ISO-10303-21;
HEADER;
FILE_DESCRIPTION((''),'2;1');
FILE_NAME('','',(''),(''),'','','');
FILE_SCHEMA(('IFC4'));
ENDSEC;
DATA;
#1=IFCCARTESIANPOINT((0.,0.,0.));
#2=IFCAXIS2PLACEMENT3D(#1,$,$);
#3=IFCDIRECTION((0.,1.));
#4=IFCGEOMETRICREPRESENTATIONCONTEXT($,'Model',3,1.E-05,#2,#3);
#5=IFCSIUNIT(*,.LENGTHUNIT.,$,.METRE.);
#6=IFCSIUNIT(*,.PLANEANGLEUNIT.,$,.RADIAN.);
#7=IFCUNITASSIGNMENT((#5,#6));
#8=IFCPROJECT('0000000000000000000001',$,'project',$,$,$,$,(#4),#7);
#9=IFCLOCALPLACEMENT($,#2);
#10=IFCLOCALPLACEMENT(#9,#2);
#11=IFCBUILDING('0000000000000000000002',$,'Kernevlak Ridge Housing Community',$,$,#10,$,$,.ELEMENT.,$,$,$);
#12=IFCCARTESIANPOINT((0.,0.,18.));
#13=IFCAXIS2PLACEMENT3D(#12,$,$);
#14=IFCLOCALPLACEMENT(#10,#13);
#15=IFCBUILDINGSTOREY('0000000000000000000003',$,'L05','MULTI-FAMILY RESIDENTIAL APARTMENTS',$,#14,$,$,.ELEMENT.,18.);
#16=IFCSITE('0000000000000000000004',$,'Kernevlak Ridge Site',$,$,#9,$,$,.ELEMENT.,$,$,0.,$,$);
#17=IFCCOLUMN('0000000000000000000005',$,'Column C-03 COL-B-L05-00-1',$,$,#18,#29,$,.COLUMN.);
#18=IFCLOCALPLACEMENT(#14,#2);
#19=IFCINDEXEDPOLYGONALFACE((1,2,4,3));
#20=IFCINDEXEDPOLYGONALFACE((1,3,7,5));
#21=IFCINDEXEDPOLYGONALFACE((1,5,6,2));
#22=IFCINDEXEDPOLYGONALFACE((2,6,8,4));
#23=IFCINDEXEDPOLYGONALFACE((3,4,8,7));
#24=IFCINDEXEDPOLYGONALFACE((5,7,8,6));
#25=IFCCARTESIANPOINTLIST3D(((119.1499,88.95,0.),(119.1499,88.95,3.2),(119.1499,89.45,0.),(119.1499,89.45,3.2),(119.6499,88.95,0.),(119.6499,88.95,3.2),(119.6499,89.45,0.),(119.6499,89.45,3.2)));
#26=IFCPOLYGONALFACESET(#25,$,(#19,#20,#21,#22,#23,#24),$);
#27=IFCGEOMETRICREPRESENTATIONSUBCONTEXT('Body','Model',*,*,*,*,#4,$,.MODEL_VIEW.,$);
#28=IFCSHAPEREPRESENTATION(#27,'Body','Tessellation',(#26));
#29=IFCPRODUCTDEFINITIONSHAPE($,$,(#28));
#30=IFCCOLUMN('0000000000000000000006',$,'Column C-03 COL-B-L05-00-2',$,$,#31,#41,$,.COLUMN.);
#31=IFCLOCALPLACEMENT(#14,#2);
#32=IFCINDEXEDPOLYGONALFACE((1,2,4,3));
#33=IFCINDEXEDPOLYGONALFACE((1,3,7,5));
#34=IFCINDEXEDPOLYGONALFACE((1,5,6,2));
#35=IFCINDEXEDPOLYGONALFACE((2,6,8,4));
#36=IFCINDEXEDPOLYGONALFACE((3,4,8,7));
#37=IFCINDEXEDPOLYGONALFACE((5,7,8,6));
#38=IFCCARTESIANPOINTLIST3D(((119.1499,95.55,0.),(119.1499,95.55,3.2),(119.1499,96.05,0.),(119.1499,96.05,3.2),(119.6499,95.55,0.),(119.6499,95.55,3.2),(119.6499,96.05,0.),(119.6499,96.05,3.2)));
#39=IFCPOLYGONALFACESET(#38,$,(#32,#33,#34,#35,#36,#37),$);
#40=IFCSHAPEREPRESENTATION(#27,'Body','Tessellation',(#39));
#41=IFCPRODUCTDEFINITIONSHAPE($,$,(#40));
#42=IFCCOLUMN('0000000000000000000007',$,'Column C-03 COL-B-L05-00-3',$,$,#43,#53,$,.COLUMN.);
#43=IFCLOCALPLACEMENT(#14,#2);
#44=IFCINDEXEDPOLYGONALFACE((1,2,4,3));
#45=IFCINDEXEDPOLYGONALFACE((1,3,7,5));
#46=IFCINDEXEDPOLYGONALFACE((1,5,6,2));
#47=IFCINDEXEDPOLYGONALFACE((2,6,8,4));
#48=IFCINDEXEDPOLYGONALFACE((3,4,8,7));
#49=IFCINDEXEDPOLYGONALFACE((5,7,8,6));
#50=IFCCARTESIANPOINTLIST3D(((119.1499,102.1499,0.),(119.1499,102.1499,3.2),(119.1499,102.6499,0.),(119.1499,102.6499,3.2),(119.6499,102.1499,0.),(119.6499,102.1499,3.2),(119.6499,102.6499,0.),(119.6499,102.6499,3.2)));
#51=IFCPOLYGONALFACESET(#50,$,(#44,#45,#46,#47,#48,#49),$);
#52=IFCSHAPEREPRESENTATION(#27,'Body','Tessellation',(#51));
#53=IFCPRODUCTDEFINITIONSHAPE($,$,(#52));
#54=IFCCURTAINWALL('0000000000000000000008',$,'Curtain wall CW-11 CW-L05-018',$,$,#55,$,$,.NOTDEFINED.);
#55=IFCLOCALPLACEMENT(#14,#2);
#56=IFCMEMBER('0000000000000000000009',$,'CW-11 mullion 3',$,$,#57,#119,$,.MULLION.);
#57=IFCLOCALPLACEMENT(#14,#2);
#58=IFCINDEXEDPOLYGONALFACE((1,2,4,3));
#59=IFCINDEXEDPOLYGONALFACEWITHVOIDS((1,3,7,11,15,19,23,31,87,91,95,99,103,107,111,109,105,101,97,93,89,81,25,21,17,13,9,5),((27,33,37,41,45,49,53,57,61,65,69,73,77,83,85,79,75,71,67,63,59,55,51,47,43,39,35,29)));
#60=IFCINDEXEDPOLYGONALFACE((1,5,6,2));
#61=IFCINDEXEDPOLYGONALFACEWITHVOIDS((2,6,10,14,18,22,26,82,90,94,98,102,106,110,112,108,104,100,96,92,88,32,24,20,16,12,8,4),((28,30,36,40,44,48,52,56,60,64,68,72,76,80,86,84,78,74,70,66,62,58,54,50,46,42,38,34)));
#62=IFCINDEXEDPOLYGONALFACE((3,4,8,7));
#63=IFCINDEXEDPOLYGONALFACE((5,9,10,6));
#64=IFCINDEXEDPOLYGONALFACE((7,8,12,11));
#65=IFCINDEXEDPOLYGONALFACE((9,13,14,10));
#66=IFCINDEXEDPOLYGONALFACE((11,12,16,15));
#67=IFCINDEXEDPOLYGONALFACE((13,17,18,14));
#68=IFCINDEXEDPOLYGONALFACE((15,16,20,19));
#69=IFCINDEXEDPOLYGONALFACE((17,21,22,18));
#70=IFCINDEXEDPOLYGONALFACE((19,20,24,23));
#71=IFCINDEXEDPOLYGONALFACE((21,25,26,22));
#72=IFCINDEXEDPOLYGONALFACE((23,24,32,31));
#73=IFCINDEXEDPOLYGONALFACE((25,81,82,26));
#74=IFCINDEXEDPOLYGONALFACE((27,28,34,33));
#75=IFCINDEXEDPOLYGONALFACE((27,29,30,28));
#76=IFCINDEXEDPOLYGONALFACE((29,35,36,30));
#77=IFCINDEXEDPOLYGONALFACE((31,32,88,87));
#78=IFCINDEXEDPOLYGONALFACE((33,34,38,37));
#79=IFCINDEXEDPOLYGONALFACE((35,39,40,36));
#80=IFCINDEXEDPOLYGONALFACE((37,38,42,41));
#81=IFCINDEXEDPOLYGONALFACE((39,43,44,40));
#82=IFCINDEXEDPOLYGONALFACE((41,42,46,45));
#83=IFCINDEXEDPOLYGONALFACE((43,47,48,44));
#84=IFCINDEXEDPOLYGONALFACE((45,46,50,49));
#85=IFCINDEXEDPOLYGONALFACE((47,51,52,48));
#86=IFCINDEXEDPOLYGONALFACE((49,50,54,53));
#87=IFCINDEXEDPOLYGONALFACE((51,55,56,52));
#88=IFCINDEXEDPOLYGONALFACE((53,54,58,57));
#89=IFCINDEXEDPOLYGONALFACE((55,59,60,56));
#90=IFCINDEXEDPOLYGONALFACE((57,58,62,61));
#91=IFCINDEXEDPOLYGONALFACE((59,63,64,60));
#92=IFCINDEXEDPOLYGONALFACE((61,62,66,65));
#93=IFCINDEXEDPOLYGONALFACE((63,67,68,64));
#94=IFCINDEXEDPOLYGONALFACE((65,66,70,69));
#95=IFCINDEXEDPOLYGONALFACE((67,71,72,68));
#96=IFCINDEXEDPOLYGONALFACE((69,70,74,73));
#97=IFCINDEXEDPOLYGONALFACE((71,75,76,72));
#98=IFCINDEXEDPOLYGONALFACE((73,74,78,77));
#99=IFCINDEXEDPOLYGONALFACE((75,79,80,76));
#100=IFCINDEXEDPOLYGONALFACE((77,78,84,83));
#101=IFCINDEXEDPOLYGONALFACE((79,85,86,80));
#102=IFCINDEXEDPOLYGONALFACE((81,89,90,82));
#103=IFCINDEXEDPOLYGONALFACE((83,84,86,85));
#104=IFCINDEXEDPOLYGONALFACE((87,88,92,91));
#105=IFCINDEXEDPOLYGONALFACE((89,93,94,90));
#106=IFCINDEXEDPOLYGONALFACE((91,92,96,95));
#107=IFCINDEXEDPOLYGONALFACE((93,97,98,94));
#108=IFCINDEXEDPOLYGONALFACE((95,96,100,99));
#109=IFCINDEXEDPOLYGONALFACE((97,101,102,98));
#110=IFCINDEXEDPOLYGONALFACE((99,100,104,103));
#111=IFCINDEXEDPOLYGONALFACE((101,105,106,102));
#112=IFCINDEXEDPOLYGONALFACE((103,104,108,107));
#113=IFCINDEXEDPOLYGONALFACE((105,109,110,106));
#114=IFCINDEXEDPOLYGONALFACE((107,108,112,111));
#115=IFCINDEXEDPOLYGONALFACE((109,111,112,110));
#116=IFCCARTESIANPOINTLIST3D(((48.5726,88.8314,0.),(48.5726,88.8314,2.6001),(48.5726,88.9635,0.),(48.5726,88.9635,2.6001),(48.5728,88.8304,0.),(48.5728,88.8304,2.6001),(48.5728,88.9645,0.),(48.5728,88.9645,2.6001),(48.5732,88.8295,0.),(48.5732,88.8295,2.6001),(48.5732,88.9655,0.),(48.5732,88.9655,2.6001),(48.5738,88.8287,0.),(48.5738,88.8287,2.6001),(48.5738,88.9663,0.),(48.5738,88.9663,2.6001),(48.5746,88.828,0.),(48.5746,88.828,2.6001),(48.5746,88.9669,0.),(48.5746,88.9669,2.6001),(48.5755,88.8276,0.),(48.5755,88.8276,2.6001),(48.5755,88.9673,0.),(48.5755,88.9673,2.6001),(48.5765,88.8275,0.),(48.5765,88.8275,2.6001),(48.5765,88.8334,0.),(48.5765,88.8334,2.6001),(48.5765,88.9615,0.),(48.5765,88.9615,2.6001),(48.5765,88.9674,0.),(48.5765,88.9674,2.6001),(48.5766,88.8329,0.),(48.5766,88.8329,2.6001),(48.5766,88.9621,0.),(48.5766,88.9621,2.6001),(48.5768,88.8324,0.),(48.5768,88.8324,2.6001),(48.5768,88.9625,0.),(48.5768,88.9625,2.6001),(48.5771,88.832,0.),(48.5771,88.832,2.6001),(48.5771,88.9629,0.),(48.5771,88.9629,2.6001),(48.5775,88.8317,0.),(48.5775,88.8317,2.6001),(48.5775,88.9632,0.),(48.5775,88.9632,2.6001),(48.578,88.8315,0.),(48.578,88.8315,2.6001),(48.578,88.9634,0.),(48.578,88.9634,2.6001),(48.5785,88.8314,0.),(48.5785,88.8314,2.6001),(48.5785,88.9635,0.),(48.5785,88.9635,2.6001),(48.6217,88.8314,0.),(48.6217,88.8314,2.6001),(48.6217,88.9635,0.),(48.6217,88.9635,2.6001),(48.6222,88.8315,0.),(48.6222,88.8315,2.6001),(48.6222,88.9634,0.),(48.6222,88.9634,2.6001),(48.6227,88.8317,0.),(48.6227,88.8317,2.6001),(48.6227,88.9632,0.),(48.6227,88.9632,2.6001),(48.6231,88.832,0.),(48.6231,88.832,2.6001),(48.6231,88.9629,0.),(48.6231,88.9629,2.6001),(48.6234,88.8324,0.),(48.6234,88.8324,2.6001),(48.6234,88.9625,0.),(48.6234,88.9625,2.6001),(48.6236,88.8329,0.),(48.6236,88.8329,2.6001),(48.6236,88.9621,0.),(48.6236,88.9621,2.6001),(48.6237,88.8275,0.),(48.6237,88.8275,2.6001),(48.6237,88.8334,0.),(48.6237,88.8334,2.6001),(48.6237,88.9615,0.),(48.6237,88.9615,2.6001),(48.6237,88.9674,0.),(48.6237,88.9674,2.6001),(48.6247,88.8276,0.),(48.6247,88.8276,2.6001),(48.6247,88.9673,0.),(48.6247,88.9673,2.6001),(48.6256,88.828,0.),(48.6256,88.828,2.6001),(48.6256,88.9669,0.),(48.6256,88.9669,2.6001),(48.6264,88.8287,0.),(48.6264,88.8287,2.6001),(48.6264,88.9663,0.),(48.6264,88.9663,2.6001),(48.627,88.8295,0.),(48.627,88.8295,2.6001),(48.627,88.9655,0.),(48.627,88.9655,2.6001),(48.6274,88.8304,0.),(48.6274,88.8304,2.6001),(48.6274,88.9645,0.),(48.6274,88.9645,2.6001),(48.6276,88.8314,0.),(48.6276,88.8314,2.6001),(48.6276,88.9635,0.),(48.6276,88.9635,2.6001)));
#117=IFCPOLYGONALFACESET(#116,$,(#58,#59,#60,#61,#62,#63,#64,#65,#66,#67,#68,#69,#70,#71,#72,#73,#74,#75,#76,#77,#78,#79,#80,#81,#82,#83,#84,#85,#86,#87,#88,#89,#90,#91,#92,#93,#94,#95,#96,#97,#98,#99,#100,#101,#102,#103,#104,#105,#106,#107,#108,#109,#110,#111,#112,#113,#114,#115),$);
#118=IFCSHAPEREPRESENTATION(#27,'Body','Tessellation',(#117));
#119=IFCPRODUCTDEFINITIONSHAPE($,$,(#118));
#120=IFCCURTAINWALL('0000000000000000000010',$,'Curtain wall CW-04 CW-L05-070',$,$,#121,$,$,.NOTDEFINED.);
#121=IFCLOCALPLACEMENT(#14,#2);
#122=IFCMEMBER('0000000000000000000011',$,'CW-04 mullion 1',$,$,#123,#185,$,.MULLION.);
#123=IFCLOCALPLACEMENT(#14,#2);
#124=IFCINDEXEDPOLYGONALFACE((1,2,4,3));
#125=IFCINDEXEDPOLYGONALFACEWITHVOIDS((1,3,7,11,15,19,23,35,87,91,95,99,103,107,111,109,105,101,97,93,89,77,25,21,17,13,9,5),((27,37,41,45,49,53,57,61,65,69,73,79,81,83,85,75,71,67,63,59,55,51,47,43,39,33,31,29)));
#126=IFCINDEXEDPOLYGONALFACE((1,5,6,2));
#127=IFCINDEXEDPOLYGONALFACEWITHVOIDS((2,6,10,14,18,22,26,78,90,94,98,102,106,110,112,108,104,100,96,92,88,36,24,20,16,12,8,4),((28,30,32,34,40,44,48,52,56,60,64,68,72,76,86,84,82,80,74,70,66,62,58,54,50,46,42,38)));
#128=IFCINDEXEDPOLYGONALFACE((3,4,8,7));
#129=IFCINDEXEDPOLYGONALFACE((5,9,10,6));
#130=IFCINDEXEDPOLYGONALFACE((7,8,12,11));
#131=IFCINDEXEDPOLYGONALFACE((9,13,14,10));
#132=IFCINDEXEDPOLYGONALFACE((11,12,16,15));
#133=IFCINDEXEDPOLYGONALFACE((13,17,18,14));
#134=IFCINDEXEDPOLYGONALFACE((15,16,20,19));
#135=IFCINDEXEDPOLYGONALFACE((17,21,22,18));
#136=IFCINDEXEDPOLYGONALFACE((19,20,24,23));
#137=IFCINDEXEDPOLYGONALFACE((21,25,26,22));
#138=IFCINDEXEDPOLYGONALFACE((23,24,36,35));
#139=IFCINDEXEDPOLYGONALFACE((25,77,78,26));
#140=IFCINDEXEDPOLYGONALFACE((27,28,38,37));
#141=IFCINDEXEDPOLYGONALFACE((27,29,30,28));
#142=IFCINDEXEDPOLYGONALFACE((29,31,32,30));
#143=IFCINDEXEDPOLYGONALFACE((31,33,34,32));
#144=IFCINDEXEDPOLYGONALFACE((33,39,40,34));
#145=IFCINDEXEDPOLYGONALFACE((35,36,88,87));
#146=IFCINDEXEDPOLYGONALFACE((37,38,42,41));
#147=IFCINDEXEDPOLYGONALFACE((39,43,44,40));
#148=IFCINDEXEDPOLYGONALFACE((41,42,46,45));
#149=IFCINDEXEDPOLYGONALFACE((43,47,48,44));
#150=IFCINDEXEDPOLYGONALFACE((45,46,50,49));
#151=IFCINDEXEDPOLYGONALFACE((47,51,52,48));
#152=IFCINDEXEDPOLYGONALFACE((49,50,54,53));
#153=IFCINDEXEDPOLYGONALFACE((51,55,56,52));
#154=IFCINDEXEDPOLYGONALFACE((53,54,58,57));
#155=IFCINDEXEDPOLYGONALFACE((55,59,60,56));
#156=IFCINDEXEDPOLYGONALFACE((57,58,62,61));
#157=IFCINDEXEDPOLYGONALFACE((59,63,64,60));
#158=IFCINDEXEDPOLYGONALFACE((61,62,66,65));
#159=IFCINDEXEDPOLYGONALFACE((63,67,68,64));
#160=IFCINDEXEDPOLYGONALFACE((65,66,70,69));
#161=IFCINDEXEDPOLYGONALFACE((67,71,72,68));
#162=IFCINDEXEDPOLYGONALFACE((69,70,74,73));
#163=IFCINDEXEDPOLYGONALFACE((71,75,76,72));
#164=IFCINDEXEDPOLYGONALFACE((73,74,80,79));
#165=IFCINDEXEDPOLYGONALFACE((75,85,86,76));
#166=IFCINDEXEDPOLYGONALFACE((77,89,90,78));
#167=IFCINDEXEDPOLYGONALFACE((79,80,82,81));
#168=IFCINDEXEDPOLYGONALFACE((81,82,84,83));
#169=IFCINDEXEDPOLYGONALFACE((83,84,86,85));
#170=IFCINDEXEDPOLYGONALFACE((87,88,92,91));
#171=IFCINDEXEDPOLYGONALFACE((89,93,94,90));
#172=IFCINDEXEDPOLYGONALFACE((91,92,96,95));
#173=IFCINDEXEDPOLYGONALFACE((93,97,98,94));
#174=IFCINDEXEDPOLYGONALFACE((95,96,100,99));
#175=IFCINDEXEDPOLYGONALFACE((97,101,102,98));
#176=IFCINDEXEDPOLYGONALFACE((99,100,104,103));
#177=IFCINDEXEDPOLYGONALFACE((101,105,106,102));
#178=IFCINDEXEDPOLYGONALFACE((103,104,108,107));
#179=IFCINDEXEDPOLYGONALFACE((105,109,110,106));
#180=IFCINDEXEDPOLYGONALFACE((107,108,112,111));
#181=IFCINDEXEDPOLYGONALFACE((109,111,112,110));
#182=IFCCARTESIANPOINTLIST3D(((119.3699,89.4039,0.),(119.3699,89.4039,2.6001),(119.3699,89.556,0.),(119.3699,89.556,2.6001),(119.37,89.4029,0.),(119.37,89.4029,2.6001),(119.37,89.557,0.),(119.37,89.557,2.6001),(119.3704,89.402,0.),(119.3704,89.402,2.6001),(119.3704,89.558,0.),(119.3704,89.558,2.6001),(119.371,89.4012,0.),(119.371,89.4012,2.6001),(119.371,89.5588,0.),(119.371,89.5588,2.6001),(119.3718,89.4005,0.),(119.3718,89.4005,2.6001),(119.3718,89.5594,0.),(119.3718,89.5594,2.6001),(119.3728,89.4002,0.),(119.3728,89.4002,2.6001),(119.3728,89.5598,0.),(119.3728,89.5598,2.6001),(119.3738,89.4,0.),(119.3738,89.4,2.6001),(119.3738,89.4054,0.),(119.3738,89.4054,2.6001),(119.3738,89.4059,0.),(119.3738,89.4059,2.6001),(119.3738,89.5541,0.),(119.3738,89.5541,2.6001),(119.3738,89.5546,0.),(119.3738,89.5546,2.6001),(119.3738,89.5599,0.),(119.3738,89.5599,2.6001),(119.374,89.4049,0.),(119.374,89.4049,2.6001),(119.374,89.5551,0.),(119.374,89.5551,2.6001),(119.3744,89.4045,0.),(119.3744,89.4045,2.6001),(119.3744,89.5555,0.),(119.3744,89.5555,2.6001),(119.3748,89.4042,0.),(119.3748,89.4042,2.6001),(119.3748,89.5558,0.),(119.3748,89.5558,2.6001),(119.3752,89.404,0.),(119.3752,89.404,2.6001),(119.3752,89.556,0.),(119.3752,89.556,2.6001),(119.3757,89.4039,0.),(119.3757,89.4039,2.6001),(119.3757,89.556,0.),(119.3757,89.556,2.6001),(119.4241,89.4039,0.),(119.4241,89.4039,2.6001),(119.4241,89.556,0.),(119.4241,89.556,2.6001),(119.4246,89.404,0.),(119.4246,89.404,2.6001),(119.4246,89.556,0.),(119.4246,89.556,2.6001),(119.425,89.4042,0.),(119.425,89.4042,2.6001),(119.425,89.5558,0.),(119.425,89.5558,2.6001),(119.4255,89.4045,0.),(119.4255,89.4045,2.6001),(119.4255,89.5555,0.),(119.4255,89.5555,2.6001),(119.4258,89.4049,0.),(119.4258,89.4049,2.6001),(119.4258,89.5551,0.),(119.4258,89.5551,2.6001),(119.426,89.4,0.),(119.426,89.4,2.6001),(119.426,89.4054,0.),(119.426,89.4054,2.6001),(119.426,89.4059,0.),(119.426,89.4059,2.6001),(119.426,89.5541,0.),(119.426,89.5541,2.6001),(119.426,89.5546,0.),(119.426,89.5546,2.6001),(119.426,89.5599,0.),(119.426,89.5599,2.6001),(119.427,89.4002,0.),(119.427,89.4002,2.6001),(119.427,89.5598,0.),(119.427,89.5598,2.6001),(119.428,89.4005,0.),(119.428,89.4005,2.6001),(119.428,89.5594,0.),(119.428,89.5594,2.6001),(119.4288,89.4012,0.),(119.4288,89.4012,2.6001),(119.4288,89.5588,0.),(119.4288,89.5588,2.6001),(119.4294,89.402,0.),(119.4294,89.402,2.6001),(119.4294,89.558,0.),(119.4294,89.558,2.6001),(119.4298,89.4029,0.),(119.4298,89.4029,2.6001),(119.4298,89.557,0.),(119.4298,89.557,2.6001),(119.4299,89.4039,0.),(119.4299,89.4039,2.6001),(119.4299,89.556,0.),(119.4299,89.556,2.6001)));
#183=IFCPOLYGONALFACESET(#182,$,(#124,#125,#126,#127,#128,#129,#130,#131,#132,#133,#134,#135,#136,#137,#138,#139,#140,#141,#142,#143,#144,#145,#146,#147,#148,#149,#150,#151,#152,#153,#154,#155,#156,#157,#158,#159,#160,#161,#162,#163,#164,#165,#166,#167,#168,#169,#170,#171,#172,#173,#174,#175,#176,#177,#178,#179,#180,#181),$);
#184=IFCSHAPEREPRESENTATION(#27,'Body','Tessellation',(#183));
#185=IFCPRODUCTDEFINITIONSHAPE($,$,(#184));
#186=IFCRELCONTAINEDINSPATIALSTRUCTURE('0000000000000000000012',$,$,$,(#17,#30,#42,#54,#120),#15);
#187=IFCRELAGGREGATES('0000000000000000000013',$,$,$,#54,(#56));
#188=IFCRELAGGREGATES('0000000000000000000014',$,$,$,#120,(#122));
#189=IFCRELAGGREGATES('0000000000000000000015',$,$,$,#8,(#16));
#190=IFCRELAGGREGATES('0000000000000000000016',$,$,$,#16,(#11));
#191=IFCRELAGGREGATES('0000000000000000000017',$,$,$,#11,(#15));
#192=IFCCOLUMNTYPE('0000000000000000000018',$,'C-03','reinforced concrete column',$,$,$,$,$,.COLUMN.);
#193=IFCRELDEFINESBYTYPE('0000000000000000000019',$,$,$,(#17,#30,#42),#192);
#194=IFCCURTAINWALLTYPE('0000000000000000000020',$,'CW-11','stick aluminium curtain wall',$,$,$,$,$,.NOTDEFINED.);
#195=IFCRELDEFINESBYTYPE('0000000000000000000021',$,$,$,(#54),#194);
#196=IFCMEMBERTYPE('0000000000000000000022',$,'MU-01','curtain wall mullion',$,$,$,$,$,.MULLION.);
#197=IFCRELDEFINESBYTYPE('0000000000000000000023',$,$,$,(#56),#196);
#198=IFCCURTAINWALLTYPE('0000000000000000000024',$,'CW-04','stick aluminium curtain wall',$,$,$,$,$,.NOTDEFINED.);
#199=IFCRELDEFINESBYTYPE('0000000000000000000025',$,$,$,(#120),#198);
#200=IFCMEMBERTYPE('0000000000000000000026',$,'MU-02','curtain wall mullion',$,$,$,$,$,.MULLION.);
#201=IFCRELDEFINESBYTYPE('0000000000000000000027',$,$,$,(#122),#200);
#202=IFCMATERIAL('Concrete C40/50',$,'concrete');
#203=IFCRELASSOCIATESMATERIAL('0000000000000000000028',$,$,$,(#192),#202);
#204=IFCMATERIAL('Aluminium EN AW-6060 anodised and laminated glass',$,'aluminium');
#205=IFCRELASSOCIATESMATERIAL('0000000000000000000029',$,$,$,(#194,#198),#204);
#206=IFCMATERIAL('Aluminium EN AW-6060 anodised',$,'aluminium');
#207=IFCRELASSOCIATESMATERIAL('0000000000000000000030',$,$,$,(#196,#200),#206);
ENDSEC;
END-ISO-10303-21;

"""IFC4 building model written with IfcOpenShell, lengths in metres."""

from ifc_helpers import new_model, si_unit, direction, frame, origin, origin_2d, place, context, subcontext, project, spatial, rectangle, hollow_rectangle, extrude, material, material_profile, profile_set, type_object, element, aggregate, save


model = new_model("IFC4")

# Units and contexts
model_context = context("Model", 3, precision=1e-05, world=origin(), true_north=direction((0.0, 1.0)))
body_context = subcontext(model_context, "Body", "Model", "MODEL_VIEW")
ifc_project = project(units=[si_unit("LENGTHUNIT", "METRE"), si_unit("PLANEANGLEUNIT", "RADIAN")], contexts=[model_context])

# Site, building, storey
site_placement = place(None, origin())
site = spatial("IfcSite", under=ifc_project, at=site_placement, Name="Kernevlak Ridge Site", CompositionType="ELEMENT", RefElevation=0.0)
building_placement = place(site_placement, origin())
building = spatial("IfcBuilding", under=site, at=building_placement, Name="Kernevlak Ridge Housing Community", CompositionType="ELEMENT")
storey_placement = place(building_placement, frame((0.0, 0.0, 18.0)))
storey = spatial("IfcBuildingStorey", under=building, at=storey_placement, Name="L05", Description="MULTI-FAMILY RESIDENTIAL APARTMENTS", CompositionType="ELEMENT", Elevation=18.0)

# Columns
ifc_material_1 = material(Name="Concrete C40/50", Category="concrete")
ifc_material_profile_1 = material_profile(ifc_material_1, rectangle(XDim=0.5, YDim=0.5, at=origin_2d()), Name="RC 500x500")
ifc_profile_set_1 = profile_set([ifc_material_profile_1], Name="Concrete C40/50")
column_type = type_object("IfcColumnType", Name="C-03", Description="reinforced concrete column", PredefinedType="COLUMN", material=ifc_profile_set_1)
for number, where, z_axis, x_axis, name in (
    (1, (119.3999, 89.2, 0.0), (0.0, 0.0, 1.0), (1.0, 0.0, 0.0), "Column C-03 COL-B-L05-00-1"),
    (2, (119.3999, 95.8, 0.0), (0.0, 0.0, 1.0), (1.0, 0.0, 0.0), "Column C-03 COL-B-L05-00-2"),
    (3, (119.3999, 102.3999, 0.0), (0.0, 0.0, 1.0), (1.0, 0.0, 0.0), "Column C-03 COL-B-L05-00-3"),
):
    element("IfcColumn", number, at=place(storey_placement, frame(where, z_axis=z_axis, x_axis=x_axis)), inside=storey, type_object=column_type, Name=name, PredefinedType="COLUMN", context=body_context, shape_type="SweptSolid", body=[
        extrude(rectangle(XDim=0.5, YDim=0.5, at=origin_2d()), origin(), (0.0, 0.0, 1.0), 3.2),
    ])

# Curtain wall, member
ifc_material_2 = material(Name="Aluminium EN AW-6060 anodised and laminated glass", Category="aluminium")
curtain_wall_type_1 = type_object("IfcCurtainWallType", Name="CW-11", Description="stick aluminium curtain wall", PredefinedType="NOTDEFINED", material=ifc_material_2)
curtain_wall_1_placement = place(storey_placement, origin())
curtain_wall_1 = element("IfcCurtainWall", 4, at=curtain_wall_1_placement, inside=storey, type_object=curtain_wall_type_1, Name="Curtain wall CW-11 CW-L05-018", PredefinedType="NOTDEFINED")
ifc_material_3 = material(Name="Aluminium EN AW-6060 anodised", Category="aluminium")
ifc_material_profile_2 = material_profile(ifc_material_3, hollow_rectangle(XDim=0.0549, YDim=0.1399, WallThickness=0.0039, InnerFilletRadius=0.002, OuterFilletRadius=0.0039, at=origin_2d()), Name="ALU 55x140x4")
ifc_profile_set_2 = profile_set([ifc_material_profile_2], Name="Aluminium EN AW-6060 anodised")
member_type_1 = type_object("IfcMemberType", Name="MU-01", Description="curtain wall mullion", PredefinedType="MULLION", material=ifc_profile_set_2)
member_1_placement = place(storey_placement, frame((48.6001, 88.8975, 0.0), z_axis=(0.0, 0.0, 1.0), x_axis=(-1.0, 0.0, 0.0)))
member_1 = element("IfcMember", 5, at=member_1_placement, type_object=member_type_1, Name="CW-11 mullion 3", PredefinedType="MULLION", context=body_context, shape_type="SweptSolid", body=[
    extrude(hollow_rectangle(XDim=0.0549, YDim=0.1399, WallThickness=0.0039, InnerFilletRadius=0.002, OuterFilletRadius=0.0039, at=origin_2d()), origin(), (0.0, 0.0, 1.0), 2.6001),
])

# Curtain wall, member
curtain_wall_type_2 = type_object("IfcCurtainWallType", Name="CW-04", Description="stick aluminium curtain wall", PredefinedType="NOTDEFINED", material=ifc_material_2)
curtain_wall_2_placement = place(storey_placement, origin())
curtain_wall_2 = element("IfcCurtainWall", 6, at=curtain_wall_2_placement, inside=storey, type_object=curtain_wall_type_2, Name="Curtain wall CW-04 CW-L05-070", PredefinedType="NOTDEFINED")
ifc_material_profile_3 = material_profile(ifc_material_3, hollow_rectangle(XDim=0.0601, YDim=0.1599, WallThickness=0.0039, InnerFilletRadius=0.002, OuterFilletRadius=0.0039, at=origin_2d()), Name="ALU 60x160x4")
ifc_profile_set_3 = profile_set([ifc_material_profile_3], Name="Aluminium EN AW-6060 anodised")
member_type_2 = type_object("IfcMemberType", Name="MU-02", Description="curtain wall mullion", PredefinedType="MULLION", material=ifc_profile_set_3)
member_2_placement = place(storey_placement, frame((119.3999, 89.48, 0.0), z_axis=(0.0, 0.0, 1.0), x_axis=(-1.0, 0.0, 0.0)))
member_2 = element("IfcMember", 7, at=member_2_placement, type_object=member_type_2, Name="CW-04 mullion 1", PredefinedType="MULLION", context=body_context, shape_type="SweptSolid", body=[
    extrude(hollow_rectangle(XDim=0.0601, YDim=0.1599, WallThickness=0.0039, InnerFilletRadius=0.002, OuterFilletRadius=0.0039, at=origin_2d()), origin(), (0.0, 0.0, 1.0), 2.6001),
])

aggregate(curtain_wall_1, [member_1])
aggregate(curtain_wall_2, [member_2])

save(model, "model.ifc")
